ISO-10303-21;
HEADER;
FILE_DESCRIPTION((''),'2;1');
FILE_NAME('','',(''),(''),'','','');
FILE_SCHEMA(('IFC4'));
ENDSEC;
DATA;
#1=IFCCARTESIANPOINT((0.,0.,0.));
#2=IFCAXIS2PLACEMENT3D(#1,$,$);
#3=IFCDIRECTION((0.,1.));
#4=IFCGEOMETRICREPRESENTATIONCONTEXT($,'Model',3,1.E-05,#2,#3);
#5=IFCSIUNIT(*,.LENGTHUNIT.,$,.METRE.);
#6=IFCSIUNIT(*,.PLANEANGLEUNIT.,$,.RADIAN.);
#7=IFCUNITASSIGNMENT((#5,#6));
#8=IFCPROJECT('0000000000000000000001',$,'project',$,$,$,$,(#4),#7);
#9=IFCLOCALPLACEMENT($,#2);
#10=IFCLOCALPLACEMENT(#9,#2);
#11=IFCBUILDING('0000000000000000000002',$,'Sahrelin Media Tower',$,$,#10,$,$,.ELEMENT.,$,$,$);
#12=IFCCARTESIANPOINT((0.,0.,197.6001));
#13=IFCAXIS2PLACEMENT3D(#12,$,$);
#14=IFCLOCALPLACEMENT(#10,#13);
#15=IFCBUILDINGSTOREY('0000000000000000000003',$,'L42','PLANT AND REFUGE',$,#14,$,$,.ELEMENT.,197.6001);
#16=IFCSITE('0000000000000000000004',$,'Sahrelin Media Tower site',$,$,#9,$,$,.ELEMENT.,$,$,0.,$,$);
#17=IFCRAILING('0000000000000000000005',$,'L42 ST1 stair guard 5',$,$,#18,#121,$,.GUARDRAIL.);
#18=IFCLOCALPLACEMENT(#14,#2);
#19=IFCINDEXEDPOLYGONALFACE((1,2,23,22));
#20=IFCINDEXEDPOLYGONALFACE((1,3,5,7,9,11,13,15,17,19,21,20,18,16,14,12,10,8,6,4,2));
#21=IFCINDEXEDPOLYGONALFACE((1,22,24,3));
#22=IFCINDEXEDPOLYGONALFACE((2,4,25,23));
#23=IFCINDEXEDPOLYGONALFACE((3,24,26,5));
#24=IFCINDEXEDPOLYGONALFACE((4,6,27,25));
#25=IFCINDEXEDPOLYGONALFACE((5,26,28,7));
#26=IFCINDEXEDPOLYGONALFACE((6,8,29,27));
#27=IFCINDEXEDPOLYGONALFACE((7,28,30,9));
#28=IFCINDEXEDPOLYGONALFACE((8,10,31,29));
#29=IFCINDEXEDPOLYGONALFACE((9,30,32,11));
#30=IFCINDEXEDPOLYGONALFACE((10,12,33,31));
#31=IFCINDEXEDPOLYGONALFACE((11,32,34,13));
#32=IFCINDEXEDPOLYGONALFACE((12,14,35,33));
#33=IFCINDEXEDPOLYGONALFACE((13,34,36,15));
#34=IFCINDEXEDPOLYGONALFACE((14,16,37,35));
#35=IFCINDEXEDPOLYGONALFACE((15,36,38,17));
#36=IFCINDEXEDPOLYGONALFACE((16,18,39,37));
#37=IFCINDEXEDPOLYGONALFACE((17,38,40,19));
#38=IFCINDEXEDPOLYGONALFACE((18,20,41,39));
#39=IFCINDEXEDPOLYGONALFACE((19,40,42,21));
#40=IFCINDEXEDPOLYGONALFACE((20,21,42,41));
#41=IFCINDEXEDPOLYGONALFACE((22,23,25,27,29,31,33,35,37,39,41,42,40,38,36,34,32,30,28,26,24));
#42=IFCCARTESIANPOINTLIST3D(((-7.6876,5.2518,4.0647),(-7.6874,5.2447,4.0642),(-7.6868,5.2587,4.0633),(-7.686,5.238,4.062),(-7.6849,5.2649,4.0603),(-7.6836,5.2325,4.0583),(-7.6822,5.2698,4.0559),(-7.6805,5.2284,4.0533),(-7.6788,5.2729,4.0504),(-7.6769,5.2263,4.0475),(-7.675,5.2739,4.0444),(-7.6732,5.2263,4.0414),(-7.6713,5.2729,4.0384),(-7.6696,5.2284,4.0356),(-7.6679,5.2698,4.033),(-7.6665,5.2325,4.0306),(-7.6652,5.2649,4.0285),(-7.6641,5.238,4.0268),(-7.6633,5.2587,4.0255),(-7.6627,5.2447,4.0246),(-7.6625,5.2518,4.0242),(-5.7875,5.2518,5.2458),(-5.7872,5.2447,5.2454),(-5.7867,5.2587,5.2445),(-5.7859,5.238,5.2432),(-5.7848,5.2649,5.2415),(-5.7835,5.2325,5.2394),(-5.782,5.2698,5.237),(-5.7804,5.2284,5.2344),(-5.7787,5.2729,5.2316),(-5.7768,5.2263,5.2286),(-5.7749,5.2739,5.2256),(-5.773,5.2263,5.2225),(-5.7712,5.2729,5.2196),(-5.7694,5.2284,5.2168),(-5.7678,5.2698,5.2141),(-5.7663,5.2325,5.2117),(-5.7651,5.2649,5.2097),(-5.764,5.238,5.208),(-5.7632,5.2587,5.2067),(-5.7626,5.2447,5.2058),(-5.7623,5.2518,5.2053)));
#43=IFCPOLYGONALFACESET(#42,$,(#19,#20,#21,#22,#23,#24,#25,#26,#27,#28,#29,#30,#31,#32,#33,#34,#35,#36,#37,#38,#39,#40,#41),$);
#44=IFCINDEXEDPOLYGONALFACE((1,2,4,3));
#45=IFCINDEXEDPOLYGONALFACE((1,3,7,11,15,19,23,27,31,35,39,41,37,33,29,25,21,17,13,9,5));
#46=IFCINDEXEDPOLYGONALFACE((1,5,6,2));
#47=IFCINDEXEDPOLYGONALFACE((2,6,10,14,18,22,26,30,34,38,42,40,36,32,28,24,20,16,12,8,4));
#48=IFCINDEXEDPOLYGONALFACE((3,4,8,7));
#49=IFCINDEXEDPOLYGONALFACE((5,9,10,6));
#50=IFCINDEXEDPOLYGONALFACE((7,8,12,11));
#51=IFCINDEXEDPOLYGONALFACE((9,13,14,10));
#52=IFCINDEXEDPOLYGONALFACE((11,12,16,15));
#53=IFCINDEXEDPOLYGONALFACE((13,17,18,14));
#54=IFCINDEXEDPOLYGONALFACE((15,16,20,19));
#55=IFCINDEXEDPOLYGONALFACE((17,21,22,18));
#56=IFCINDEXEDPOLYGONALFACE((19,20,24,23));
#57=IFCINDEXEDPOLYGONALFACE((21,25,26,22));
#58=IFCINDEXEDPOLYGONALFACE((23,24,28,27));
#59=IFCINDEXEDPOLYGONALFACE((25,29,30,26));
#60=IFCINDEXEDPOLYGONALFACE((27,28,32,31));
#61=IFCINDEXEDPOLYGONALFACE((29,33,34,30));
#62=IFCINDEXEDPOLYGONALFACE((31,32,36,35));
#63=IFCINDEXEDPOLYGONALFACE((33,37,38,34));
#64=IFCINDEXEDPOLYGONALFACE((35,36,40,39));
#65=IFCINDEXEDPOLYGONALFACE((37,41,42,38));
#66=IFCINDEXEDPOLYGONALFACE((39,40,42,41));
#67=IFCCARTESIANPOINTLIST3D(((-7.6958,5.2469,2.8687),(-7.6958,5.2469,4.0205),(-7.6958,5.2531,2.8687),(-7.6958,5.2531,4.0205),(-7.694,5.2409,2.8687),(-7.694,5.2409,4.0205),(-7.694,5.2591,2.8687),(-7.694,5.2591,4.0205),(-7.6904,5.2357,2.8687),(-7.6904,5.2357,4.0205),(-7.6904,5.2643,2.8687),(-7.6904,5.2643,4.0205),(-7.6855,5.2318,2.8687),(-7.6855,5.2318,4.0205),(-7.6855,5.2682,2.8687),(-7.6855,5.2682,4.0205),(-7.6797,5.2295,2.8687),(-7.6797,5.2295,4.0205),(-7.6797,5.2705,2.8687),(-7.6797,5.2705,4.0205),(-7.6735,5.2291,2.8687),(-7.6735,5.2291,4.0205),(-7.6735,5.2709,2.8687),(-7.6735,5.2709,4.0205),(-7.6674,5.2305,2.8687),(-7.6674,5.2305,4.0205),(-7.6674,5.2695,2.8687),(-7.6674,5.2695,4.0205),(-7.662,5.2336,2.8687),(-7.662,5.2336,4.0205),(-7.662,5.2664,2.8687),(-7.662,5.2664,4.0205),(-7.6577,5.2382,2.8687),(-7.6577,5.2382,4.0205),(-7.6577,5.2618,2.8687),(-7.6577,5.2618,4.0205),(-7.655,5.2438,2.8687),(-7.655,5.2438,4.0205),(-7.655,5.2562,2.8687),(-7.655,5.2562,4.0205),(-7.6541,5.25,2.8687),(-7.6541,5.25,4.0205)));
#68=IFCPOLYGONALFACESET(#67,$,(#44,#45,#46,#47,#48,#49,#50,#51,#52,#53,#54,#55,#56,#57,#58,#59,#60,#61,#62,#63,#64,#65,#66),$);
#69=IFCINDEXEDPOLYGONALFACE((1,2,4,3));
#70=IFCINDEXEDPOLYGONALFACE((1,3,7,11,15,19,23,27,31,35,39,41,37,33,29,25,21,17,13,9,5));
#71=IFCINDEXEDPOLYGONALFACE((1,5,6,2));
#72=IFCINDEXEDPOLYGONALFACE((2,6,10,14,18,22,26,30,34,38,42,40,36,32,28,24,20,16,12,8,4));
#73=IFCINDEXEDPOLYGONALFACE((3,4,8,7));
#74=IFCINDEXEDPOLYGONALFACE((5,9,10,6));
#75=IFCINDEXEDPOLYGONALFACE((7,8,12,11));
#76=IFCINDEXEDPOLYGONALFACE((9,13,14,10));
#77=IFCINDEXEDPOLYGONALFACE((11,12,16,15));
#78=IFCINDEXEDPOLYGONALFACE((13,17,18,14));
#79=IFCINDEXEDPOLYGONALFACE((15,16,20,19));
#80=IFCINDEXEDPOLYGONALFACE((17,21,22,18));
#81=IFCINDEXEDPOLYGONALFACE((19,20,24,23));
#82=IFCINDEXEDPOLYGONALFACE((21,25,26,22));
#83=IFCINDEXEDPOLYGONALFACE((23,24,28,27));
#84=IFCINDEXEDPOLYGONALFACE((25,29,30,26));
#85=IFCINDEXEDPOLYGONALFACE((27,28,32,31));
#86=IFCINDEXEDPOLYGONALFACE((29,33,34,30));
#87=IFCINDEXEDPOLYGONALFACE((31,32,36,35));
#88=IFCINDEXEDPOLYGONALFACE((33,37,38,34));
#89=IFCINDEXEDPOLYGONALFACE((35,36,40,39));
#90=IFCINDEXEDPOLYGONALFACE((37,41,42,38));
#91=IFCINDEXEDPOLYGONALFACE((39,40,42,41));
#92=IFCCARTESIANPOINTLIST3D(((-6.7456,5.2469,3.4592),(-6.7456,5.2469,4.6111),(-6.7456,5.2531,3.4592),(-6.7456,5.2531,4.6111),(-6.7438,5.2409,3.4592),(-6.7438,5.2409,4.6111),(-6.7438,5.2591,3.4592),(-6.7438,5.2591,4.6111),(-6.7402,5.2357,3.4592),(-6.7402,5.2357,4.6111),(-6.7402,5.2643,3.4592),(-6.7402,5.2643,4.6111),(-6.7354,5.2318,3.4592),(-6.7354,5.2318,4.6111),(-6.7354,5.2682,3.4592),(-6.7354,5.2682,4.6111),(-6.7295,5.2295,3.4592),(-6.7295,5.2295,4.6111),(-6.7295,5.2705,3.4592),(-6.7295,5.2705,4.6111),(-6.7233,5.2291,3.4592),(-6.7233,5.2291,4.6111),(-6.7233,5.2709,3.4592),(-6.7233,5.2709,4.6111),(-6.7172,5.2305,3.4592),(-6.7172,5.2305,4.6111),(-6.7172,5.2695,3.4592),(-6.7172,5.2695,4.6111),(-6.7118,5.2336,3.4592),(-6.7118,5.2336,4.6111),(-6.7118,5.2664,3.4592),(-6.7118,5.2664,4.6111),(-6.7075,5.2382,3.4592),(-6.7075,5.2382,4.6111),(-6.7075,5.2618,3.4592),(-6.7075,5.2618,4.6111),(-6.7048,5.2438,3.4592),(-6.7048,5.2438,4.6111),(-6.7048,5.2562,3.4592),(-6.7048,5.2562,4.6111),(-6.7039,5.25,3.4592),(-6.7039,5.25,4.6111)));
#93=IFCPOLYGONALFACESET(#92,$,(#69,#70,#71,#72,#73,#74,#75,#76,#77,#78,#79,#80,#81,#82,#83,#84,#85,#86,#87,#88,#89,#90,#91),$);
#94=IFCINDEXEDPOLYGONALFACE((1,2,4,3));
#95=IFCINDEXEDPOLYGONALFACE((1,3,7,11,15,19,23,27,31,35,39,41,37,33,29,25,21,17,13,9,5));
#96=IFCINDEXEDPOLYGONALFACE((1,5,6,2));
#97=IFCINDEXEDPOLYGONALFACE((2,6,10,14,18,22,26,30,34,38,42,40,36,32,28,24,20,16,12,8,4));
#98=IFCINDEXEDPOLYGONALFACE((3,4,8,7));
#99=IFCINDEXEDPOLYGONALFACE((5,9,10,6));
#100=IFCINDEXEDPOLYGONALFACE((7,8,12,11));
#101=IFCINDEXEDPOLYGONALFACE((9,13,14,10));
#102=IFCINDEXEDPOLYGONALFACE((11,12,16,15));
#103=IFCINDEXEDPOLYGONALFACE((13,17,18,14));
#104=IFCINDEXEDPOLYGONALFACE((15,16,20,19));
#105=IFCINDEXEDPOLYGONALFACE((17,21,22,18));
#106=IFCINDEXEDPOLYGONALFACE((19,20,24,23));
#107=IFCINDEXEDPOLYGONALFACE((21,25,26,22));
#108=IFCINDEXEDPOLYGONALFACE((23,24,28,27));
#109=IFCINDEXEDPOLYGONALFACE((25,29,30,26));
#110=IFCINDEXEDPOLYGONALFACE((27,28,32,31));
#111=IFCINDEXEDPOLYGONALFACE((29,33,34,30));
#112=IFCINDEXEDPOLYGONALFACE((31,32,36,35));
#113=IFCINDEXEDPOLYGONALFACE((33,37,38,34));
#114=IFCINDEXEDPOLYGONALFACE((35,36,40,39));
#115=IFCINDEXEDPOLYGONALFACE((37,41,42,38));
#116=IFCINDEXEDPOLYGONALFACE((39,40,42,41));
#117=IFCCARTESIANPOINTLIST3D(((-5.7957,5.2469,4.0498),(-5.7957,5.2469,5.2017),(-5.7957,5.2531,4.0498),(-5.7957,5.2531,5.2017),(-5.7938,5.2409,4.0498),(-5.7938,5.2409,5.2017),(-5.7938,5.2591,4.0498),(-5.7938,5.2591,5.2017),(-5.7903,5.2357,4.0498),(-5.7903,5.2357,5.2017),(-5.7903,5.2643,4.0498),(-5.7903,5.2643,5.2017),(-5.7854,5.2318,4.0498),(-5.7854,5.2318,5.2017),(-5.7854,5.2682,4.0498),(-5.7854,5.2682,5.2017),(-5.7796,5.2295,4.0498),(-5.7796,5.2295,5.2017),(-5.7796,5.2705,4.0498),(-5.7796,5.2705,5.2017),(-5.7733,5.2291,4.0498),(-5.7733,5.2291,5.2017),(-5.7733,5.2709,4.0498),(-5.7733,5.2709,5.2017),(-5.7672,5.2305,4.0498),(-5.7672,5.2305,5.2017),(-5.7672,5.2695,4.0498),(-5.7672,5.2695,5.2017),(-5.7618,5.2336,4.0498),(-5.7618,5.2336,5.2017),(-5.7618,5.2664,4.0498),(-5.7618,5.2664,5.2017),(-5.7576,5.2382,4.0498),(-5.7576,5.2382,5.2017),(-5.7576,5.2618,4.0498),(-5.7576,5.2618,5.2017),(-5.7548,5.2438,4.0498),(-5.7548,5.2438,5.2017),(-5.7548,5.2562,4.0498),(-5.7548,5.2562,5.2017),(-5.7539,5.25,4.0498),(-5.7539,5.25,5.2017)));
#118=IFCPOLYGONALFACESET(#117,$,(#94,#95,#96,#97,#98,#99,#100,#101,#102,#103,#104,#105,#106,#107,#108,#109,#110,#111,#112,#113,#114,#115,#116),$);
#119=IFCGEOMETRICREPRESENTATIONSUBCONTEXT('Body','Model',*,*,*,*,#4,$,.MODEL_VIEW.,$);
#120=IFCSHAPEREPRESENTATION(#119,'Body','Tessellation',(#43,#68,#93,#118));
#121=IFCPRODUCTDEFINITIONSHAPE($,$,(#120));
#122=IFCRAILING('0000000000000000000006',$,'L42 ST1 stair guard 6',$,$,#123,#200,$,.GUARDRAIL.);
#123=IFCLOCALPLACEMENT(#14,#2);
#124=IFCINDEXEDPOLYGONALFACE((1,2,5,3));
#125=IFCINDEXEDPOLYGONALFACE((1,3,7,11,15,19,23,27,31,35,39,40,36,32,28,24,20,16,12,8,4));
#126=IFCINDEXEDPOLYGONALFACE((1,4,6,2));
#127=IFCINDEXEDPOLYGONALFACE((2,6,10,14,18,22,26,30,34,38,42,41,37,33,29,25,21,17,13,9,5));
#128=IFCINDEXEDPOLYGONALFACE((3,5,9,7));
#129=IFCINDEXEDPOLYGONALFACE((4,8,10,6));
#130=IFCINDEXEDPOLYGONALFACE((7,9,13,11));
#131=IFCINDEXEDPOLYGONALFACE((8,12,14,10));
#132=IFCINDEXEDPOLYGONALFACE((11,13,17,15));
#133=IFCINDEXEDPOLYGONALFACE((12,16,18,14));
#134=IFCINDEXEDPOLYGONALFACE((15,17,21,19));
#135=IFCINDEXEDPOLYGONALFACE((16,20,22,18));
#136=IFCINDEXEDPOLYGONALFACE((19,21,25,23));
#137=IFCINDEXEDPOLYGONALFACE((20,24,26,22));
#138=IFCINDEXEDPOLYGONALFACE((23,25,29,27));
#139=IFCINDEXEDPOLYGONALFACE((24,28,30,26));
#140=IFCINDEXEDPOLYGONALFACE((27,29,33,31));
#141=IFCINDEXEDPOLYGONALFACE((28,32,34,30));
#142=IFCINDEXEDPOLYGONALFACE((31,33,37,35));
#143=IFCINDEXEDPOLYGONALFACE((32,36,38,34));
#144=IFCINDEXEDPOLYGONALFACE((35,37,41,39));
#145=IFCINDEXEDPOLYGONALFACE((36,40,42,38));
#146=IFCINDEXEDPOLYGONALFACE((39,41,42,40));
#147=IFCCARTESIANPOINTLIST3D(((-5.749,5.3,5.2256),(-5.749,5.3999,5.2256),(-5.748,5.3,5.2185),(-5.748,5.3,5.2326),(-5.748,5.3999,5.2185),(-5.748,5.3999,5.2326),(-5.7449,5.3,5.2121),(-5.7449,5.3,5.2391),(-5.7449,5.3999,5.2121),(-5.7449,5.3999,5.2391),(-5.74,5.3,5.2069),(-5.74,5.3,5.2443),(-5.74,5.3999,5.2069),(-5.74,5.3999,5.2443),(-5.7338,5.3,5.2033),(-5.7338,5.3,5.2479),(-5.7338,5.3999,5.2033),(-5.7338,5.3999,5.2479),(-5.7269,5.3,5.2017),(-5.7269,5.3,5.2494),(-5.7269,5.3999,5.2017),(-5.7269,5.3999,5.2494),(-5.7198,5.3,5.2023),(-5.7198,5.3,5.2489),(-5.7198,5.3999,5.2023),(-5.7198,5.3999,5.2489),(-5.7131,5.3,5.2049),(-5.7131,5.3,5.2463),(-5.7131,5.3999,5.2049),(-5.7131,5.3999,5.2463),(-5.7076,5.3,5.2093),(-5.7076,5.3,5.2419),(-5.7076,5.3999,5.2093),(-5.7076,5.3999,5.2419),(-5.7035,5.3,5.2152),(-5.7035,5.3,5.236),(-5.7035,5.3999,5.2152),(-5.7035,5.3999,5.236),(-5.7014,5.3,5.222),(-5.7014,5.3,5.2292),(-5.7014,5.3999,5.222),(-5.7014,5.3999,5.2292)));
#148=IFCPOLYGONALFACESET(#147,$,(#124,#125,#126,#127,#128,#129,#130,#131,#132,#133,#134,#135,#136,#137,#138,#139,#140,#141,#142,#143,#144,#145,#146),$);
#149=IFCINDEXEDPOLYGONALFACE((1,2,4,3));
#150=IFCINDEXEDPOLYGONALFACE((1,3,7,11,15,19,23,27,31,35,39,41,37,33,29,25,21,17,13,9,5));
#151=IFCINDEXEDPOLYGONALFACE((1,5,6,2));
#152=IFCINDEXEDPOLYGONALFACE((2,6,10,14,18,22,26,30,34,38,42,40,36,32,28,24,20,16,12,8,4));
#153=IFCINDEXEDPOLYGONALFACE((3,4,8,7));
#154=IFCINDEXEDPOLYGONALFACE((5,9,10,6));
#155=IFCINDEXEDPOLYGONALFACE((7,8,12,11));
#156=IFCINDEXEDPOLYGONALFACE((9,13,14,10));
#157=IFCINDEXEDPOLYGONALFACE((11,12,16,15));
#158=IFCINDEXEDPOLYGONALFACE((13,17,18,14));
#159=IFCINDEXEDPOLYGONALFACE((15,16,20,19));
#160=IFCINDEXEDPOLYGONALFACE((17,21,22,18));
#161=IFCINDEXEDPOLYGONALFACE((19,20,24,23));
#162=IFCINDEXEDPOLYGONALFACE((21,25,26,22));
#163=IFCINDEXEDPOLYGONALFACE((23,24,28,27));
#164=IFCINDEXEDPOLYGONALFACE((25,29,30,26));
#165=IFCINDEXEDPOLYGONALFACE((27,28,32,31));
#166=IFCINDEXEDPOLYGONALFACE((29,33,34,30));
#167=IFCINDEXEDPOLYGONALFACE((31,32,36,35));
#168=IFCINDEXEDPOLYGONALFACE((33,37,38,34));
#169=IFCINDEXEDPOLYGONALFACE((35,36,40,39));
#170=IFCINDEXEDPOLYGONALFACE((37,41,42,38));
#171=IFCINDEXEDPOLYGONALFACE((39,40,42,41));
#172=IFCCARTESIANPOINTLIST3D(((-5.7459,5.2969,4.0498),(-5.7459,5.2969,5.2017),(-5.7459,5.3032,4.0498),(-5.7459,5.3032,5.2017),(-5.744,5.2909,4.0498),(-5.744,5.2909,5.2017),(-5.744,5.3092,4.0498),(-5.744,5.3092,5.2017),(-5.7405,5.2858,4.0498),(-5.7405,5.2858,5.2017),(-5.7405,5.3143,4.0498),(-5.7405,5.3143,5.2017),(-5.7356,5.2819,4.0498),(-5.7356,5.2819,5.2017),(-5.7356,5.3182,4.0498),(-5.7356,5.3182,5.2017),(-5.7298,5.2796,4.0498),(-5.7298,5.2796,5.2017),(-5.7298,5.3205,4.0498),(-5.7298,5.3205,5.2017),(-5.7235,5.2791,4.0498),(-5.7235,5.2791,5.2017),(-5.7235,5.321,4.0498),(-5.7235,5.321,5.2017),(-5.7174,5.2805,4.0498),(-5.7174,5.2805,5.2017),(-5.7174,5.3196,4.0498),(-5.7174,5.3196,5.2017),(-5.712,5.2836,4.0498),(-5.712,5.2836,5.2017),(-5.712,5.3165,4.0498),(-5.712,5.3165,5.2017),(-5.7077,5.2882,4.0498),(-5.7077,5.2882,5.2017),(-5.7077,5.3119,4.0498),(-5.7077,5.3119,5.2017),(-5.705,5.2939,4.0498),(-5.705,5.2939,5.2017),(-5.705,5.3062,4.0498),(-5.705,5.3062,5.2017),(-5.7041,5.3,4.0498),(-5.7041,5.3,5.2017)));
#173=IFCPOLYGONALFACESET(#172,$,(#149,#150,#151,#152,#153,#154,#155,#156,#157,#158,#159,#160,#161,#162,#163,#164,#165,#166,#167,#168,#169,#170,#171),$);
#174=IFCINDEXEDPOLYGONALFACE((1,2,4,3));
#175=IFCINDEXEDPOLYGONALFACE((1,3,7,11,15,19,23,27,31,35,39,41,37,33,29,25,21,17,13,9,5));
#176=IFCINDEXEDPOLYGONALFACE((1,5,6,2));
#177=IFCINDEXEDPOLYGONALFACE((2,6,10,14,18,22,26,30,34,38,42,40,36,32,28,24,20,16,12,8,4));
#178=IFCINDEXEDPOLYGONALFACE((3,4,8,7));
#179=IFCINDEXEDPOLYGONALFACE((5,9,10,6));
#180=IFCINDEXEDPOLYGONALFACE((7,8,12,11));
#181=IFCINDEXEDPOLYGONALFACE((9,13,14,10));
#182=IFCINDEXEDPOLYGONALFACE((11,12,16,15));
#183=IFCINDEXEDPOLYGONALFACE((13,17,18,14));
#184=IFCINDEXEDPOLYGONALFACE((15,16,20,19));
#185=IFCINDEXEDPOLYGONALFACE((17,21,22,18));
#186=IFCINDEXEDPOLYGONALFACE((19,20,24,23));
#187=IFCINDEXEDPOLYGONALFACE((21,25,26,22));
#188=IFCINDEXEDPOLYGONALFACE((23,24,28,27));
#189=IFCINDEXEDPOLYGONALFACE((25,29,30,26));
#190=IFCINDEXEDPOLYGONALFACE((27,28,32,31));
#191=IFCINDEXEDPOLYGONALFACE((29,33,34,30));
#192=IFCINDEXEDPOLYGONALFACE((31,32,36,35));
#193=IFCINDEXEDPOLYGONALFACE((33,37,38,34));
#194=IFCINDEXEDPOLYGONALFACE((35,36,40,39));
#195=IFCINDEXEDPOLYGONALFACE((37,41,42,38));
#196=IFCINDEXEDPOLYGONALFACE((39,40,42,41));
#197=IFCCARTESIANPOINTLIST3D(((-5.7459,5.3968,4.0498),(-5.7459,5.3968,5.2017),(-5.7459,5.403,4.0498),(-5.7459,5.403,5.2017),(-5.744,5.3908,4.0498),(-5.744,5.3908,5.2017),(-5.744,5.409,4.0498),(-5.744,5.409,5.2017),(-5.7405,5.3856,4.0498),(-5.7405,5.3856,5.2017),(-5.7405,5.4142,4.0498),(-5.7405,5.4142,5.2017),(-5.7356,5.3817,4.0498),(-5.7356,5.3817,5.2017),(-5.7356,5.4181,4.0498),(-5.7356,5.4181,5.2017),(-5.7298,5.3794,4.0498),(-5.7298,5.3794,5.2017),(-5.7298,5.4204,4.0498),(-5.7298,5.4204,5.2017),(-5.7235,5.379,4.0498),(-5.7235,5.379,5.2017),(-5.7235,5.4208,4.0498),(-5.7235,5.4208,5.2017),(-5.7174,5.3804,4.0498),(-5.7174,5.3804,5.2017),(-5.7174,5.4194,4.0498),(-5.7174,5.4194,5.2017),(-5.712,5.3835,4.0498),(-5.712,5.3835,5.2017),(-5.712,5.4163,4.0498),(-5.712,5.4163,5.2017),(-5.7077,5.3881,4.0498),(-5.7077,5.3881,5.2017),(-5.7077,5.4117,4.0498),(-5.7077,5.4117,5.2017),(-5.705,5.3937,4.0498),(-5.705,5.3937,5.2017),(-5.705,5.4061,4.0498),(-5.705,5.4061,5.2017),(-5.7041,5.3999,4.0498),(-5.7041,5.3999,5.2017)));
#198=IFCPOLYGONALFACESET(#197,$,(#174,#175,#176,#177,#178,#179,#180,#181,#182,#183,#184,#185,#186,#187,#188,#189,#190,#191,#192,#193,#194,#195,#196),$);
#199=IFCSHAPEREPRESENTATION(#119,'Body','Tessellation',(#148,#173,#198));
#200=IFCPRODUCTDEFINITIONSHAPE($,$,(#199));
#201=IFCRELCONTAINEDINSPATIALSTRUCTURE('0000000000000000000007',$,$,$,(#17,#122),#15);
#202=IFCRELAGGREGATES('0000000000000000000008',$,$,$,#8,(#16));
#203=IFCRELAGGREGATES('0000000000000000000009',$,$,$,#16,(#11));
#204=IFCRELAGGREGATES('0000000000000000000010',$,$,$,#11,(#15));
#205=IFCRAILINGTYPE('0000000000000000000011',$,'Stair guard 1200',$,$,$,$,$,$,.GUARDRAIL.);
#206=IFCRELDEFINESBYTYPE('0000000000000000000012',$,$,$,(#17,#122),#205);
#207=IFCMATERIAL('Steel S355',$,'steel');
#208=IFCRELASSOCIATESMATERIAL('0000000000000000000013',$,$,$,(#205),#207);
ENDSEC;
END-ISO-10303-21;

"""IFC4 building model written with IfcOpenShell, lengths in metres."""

from ifc_helpers import new_model, si_unit, direction, frame, origin, origin_2d, place, context, subcontext, project, spatial, circle, extrude, material, type_object, element, save


model = new_model("IFC4")

# Units and contexts
model_context = context("Model", 3, precision=1e-05, world=origin(), true_north=direction((0.0, 1.0)))
body_context = subcontext(model_context, "Body", "Model", "MODEL_VIEW")
ifc_project = project(units=[si_unit("LENGTHUNIT", "METRE"), si_unit("PLANEANGLEUNIT", "RADIAN")], contexts=[model_context])

# Site, building, storey
site_placement = place(None, origin())
site = spatial("IfcSite", under=ifc_project, at=site_placement, Name="Sahrelin Media Tower site", CompositionType="ELEMENT", RefElevation=0.0)
building_placement = place(site_placement, origin())
building = spatial("IfcBuilding", under=site, at=building_placement, Name="Sahrelin Media Tower", CompositionType="ELEMENT")
storey_placement = place(building_placement, frame((0.0, 0.0, 197.6001)))
storey = spatial("IfcBuildingStorey", under=building, at=storey_placement, Name="L42", Description="PLANT AND REFUGE", CompositionType="ELEMENT", Elevation=197.6001)

# Shared definitions
ifc_material_1 = material(Name="Steel S355", Category="steel")

# Railings
railing_type_1 = type_object("IfcRailingType", Name="Stair guard 1200", PredefinedType="GUARDRAIL", material=ifc_material_1)
railing_1_placement = place(storey_placement, frame((-7.675, 5.25, 2.8687)))
element("IfcRailing", 1, at=railing_1_placement, inside=storey, type_object=railing_type_1, Name="L42 ST1 stair guard 5", PredefinedType="GUARDRAIL", context=body_context, shape_type="SweptSolid", body=[
    extrude(circle(Radius=0.0239, at=origin_2d()), frame((0.0, 0.0, 1.1758), z_axis=(0.849289, 0.0, 0.527928), x_axis=(0.0, 1.0, 0.0)), (0.0, 0.0, 1.0), 2.2373),
    extrude(circle(Radius=0.021, at=origin_2d()), origin(), (0.0, 0.0, 1.0), 1.1519),
    extrude(circle(Radius=0.021, at=origin_2d()), frame((0.9502, 0.0, 0.5906)), (0.0, 0.0, 1.0), 1.1519),
    extrude(circle(Radius=0.021, at=origin_2d()), frame((1.9001, 0.0, 1.1812)), (0.0, 0.0, 1.0), 1.1519),
])
railing_2_placement = place(storey_placement, frame((-5.7251, 5.3, 4.0498)))
element("IfcRailing", 2, at=railing_2_placement, inside=storey, type_object=railing_type_1, Name="L42 ST1 stair guard 6", PredefinedType="GUARDRAIL", context=body_context, shape_type="SweptSolid", body=[
    extrude(circle(Radius=0.0239, at=origin_2d()), frame((0.0, 0.0, 1.1758), z_axis=(0.0, 1.0, 0.0), x_axis=(-1.0, 0.0, 0.0)), (0.0, 0.0, 1.0), 0.0999),
    extrude(circle(Radius=0.021, at=origin_2d()), origin(), (0.0, 0.0, 1.0), 1.1519),
    extrude(circle(Radius=0.021, at=origin_2d()), frame((0.0, 0.0999, 0.0)), (0.0, 0.0, 1.0), 1.1519),
])

save(model, "model.ifc")
